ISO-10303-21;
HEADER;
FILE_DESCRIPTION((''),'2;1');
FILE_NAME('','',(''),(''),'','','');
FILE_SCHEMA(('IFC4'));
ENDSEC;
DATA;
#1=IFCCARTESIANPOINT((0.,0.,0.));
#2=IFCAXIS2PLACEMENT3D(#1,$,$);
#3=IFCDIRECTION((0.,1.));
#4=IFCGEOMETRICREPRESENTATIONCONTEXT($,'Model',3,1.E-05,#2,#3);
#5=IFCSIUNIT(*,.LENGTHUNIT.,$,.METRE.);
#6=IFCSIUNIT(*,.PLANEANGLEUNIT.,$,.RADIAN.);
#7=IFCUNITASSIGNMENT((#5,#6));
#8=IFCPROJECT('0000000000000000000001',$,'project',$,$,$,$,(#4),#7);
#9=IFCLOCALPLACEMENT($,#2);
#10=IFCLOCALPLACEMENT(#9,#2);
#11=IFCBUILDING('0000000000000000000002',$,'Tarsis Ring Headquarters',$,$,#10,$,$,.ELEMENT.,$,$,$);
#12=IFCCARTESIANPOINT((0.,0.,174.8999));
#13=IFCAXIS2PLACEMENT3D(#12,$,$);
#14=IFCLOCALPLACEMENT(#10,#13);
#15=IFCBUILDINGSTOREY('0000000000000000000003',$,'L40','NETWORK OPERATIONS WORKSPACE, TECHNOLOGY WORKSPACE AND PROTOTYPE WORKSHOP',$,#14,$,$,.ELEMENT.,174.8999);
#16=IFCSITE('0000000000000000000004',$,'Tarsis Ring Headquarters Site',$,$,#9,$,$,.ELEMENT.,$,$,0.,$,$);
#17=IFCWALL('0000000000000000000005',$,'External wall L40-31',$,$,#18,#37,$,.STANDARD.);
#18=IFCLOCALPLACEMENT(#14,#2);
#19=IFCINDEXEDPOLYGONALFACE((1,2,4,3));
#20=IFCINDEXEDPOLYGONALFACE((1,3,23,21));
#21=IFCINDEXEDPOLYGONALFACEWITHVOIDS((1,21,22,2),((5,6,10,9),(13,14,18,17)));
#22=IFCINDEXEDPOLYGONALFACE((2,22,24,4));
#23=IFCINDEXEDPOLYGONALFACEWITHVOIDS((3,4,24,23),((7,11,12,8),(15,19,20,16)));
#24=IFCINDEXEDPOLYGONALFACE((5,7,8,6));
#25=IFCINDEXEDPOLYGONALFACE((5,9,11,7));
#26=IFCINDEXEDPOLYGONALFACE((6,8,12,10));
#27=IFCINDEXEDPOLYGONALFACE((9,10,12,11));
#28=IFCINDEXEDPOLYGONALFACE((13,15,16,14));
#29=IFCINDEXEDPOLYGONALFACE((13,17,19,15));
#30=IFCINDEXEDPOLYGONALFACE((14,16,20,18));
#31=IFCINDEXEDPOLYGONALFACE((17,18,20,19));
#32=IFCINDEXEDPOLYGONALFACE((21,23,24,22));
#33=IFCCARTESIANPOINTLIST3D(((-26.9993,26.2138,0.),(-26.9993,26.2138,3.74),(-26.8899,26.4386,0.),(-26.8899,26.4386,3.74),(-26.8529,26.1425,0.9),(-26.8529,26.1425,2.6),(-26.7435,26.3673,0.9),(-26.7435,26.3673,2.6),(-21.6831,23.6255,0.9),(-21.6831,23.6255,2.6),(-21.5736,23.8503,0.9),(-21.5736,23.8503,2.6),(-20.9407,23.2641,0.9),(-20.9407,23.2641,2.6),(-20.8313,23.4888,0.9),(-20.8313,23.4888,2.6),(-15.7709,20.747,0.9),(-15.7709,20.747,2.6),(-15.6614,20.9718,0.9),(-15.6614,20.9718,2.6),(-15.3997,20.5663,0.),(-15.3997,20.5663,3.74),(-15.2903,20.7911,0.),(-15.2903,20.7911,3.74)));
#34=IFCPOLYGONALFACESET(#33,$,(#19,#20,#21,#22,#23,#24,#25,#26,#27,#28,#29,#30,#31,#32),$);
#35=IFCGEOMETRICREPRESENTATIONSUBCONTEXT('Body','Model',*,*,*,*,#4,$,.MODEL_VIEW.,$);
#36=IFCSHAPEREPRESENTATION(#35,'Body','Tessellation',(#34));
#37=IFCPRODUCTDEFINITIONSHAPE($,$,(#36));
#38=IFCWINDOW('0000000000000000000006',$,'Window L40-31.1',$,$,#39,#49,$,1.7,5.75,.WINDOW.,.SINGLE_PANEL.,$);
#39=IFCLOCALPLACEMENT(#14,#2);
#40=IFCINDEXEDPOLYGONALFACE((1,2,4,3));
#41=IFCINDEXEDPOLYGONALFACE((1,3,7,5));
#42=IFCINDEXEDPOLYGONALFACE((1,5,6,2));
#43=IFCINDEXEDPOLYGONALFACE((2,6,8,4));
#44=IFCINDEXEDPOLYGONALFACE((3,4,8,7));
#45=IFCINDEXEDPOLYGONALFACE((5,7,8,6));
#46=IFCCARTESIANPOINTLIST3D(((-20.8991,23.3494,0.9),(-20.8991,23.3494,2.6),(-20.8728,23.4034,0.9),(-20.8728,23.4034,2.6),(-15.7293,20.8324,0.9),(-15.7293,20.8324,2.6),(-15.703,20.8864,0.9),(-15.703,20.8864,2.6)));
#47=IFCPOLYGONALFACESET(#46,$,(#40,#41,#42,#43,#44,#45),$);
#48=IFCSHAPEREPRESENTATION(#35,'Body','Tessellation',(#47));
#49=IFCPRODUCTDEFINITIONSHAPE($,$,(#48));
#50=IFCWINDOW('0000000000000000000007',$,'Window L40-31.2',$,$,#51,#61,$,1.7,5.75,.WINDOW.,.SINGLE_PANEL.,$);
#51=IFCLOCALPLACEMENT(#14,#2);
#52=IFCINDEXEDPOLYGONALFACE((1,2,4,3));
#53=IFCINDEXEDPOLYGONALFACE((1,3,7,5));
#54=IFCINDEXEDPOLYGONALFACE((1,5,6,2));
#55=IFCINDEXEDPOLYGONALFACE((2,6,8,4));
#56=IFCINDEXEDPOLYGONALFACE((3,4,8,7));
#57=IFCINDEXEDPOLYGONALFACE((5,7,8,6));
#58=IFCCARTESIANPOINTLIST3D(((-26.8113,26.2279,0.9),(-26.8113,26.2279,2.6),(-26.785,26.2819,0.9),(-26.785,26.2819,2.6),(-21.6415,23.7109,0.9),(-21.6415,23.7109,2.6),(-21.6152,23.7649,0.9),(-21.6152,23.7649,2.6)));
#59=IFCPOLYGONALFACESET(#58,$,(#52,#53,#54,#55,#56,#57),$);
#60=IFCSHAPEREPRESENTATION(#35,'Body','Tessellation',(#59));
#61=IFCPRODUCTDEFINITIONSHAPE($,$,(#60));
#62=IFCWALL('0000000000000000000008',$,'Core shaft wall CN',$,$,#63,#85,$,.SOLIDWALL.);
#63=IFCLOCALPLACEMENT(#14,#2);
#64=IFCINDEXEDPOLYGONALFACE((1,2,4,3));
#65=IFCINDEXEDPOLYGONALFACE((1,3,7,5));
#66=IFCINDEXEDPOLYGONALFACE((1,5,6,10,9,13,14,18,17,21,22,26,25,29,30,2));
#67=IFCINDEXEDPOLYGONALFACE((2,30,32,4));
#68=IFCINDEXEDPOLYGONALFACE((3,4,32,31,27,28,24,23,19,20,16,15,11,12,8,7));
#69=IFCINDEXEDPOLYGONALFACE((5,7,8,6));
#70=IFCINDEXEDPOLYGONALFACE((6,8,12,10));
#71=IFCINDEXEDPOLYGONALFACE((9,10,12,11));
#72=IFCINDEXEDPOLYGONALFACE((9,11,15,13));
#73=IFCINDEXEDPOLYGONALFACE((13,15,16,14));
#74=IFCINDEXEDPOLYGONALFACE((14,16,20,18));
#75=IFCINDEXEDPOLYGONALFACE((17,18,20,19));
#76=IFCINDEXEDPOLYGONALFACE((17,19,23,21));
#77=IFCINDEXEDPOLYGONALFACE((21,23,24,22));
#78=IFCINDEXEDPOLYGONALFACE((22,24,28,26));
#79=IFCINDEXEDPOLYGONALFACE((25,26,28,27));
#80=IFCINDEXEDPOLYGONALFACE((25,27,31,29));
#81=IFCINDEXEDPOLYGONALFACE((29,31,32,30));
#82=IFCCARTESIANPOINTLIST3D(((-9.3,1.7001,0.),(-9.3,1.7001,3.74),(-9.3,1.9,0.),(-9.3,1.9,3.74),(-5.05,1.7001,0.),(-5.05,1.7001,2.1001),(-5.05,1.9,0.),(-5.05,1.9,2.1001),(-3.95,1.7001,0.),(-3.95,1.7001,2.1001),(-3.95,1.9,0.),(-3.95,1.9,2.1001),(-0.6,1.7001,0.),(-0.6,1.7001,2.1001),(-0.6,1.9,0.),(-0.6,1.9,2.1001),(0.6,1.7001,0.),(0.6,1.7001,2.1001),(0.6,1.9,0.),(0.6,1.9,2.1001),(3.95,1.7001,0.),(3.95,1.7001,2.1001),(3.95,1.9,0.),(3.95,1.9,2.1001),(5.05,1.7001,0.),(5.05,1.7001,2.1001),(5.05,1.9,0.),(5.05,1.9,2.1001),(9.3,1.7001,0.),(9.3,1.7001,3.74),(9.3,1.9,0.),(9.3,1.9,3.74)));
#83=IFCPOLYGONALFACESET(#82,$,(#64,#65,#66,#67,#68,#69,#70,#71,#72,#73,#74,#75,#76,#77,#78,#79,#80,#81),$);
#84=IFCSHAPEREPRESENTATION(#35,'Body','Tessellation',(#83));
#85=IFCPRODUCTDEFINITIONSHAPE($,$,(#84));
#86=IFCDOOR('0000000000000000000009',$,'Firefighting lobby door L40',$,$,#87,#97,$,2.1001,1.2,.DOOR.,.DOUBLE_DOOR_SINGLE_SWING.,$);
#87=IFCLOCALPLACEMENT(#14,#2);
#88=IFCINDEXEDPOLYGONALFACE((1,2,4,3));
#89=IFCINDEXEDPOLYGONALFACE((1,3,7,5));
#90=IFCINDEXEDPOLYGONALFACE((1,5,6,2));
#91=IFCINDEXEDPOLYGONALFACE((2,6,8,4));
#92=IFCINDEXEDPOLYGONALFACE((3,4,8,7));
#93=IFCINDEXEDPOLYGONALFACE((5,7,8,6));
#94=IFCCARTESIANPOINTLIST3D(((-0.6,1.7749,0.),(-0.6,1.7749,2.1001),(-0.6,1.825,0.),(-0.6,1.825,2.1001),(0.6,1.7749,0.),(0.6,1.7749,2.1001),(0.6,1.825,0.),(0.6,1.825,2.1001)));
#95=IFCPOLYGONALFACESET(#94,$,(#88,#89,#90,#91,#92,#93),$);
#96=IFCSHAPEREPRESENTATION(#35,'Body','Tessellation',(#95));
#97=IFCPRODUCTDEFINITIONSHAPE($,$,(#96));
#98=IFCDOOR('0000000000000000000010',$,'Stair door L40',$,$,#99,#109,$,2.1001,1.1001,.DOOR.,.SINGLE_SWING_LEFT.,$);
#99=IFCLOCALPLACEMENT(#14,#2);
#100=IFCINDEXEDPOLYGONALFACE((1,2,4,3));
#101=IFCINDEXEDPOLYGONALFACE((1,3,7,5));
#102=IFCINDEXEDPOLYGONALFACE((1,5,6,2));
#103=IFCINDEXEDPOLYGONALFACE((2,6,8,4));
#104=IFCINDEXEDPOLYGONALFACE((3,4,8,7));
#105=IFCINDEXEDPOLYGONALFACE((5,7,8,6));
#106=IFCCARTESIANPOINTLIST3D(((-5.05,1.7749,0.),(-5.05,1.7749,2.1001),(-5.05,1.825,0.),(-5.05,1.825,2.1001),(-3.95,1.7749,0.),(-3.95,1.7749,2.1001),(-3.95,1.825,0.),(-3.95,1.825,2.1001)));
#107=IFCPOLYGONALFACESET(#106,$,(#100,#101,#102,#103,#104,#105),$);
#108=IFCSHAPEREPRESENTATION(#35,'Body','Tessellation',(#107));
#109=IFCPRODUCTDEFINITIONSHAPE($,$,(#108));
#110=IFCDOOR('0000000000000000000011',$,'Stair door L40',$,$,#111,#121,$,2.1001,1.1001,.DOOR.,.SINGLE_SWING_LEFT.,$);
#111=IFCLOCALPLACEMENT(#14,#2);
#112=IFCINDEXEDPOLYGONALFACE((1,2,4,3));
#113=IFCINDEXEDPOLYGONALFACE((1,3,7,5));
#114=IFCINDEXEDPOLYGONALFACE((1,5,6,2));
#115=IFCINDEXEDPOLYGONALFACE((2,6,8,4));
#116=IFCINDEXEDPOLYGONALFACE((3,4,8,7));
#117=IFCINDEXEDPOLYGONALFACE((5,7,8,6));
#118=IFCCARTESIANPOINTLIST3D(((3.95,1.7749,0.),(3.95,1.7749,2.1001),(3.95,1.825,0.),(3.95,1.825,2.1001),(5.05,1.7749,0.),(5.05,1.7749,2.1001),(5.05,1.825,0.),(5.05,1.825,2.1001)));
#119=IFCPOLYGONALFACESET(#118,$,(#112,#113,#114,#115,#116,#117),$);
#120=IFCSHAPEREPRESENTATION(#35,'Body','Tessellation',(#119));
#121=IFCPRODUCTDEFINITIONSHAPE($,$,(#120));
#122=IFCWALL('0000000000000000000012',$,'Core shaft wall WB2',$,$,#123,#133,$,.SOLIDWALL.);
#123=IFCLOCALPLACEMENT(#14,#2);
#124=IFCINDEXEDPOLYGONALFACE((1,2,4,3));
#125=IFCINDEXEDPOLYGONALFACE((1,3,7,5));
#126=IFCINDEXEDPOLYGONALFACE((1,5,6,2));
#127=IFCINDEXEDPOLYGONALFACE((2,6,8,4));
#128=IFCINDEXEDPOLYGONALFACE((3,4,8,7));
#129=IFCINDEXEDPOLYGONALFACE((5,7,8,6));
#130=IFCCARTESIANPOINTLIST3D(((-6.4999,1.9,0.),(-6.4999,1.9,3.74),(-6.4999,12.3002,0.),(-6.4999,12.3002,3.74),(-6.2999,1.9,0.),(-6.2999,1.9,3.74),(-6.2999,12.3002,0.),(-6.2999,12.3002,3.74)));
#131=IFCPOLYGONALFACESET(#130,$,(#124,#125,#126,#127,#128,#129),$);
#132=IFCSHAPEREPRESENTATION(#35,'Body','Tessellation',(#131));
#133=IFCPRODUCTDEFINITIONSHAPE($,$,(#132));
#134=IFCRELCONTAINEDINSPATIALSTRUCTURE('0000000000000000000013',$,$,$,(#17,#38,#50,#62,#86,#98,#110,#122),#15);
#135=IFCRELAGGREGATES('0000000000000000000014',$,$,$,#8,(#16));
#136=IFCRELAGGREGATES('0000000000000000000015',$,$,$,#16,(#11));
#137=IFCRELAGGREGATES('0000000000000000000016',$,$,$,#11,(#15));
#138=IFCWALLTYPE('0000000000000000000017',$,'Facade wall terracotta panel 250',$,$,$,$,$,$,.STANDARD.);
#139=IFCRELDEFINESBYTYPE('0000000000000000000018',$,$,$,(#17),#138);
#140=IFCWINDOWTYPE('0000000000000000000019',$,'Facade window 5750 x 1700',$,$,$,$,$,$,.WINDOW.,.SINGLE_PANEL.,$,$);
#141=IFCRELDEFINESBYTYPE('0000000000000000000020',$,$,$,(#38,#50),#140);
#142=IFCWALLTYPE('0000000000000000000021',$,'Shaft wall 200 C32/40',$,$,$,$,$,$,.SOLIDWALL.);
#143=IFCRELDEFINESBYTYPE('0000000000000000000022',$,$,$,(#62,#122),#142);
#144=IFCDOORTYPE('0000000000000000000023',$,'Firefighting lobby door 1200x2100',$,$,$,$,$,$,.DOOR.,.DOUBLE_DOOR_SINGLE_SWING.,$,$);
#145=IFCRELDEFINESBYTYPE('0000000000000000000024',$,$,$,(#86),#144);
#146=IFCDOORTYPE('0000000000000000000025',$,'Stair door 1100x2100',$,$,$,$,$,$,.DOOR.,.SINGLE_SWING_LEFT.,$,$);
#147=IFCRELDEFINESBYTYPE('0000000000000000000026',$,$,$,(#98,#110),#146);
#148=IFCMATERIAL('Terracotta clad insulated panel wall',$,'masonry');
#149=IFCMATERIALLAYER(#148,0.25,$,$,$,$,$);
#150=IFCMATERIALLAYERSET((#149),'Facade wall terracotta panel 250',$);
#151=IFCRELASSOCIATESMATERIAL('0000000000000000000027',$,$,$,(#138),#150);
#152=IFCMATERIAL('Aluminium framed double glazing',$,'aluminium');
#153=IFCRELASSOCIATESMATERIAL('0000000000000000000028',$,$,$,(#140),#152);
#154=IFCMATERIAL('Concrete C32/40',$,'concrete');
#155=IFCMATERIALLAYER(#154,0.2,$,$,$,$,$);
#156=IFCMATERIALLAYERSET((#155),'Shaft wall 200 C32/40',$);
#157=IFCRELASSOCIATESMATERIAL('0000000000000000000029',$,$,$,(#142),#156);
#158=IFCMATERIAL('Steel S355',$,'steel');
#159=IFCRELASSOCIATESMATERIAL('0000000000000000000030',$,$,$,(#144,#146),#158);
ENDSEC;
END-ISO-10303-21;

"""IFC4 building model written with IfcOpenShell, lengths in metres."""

from ifc_helpers import new_model, si_unit, direction, frame, frame_2d, origin, place, context, subcontext, project, spatial, rectangle, extrude, material, layer, layer_set, type_object, element, fill, save


model = new_model("IFC4")

# Units and contexts
model_context = context("Model", 3, precision=1e-05, world=origin(), true_north=direction((0.0, 1.0)))
body_context = subcontext(model_context, "Body", "Model", "MODEL_VIEW")
ifc_project = project(units=[si_unit("LENGTHUNIT", "METRE"), si_unit("PLANEANGLEUNIT", "RADIAN")], contexts=[model_context])

# Site, building, storey
site_placement = place(None, origin())
site = spatial("IfcSite", under=ifc_project, at=site_placement, Name="Tarsis Ring Headquarters Site", CompositionType="ELEMENT", RefElevation=0.0)
building_placement = place(site_placement, origin())
building = spatial("IfcBuilding", under=site, at=building_placement, Name="Tarsis Ring Headquarters", CompositionType="ELEMENT")
storey_placement = place(building_placement, frame((0.0, 0.0, 174.8999)))
storey = spatial("IfcBuildingStorey", under=building, at=storey_placement, Name="L40", Description="NETWORK OPERATIONS WORKSPACE, TECHNOLOGY WORKSPACE AND PROTOTYPE WORKSHOP", CompositionType="ELEMENT", Elevation=174.8999)

# Shared definitions
ifc_material_1 = material(Name="Steel S355", Category="steel")

# Shared definitions
ifc_material_2 = material(Name="Terracotta clad insulated panel wall", Category="masonry")
ifc_layer_1 = layer(ifc_material_2, 0.25)
ifc_layer_set_1 = layer_set([ifc_layer_1], Name="Facade wall terracotta panel 250")
wall_type_1 = type_object("IfcWallType", Name="Facade wall terracotta panel 250", PredefinedType="STANDARD", material=ifc_layer_set_1)
ifc_material_3 = material(Name="Aluminium framed double glazing", Category="aluminium")

# Wall, openings, windows
wall_1_placement = place(storey_placement, frame((-15.345, 20.6787, 0.0), z_axis=(0.0, 0.0, 1.0), x_axis=(-0.899101, 0.437742, 0.0)))
wall_1 = element("IfcWall", 1, at=wall_1_placement, inside=storey, type_object=wall_type_1, Name="External wall L40-31", PredefinedType="STANDARD", context=body_context, shape_type="SweptSolid", body=[
    extrude(rectangle(XDim=12.9014, YDim=0.25, at=frame_2d((6.4507, 0.0))), origin(), (0.0, 0.0, 1.0), 3.74),
])
opening_1_placement = place(wall_1_placement, frame((0.4128, 0.0, 0.8999)))
opening_1 = element("IfcOpeningElement", 2, at=opening_1_placement, cuts=wall_1, PredefinedType="OPENING", context=body_context, shape_type="SweptSolid", body=[
    extrude(rectangle(XDim=5.75, YDim=1.7, at=frame_2d((2.875, 0.8501))), frame((0.0, 0.135, 0.0), z_axis=(0.0, -1.0, 0.0), x_axis=(1.0, 0.0, 0.0)), (0.0, 0.0, 1.0), 0.27),
])
opening_2_placement = place(wall_1_placement, frame((6.9885, 0.0, 0.8999)))
opening_2 = element("IfcOpeningElement", 3, at=opening_2_placement, cuts=wall_1, PredefinedType="OPENING", context=body_context, shape_type="SweptSolid", body=[
    extrude(rectangle(XDim=5.75, YDim=1.7, at=frame_2d((2.875, 0.8501))), frame((0.0, 0.135, 0.0), z_axis=(0.0, -1.0, 0.0), x_axis=(1.0, 0.0, 0.0)), (0.0, 0.0, 1.0), 0.27),
])
window_type_1 = type_object("IfcWindowType", Name="Facade window 5750 x 1700", PartitioningType="SINGLE_PANEL", PredefinedType="WINDOW", material=ifc_material_3)
window_1_placement = place(opening_1_placement, origin())
window_1 = element("IfcWindow", 4, at=window_1_placement, inside=storey, type_object=window_type_1, Name="Window L40-31.1", OverallHeight=1.7, OverallWidth=5.75, PartitioningType="SINGLE_PANEL", PredefinedType="WINDOW", context=body_context, shape_type="SweptSolid", body=[
    extrude(rectangle(XDim=5.75, YDim=1.7, at=frame_2d((2.875, 0.8501))), frame((0.0, 0.03, 0.0), z_axis=(0.0, -1.0, 0.0), x_axis=(1.0, 0.0, 0.0)), (0.0, 0.0, 1.0), 0.0601),
])
fill(opening_1, window_1)
window_2_placement = place(opening_2_placement, origin())
window_2 = element("IfcWindow", 5, at=window_2_placement, inside=storey, type_object=window_type_1, Name="Window L40-31.2", OverallHeight=1.7, OverallWidth=5.75, PartitioningType="SINGLE_PANEL", PredefinedType="WINDOW", context=body_context, shape_type="SweptSolid", body=[
    extrude(rectangle(XDim=5.75, YDim=1.7, at=frame_2d((2.875, 0.8501))), frame((0.0, 0.03, 0.0), z_axis=(0.0, -1.0, 0.0), x_axis=(1.0, 0.0, 0.0)), (0.0, 0.0, 1.0), 0.0601),
])
fill(opening_2, window_2)

# Wall, openings, doors
ifc_material_4 = material(Name="Concrete C32/40", Category="concrete")
ifc_layer_2 = layer(ifc_material_4, 0.2)
ifc_layer_set_2 = layer_set([ifc_layer_2], Name="Shaft wall 200 C32/40")
wall_type_2 = type_object("IfcWallType", Name="Shaft wall 200 C32/40", PredefinedType="SOLIDWALL", material=ifc_layer_set_2)
wall_2_placement = place(storey_placement, frame((-9.3, 1.8, 0.0), z_axis=(0.0, 0.0, 1.0), x_axis=(1.0, 0.0, 0.0)))
wall_2 = element("IfcWall", 6, at=wall_2_placement, inside=storey, type_object=wall_type_2, Name="Core shaft wall CN", PredefinedType="SOLIDWALL", context=body_context, shape_type="SweptSolid", body=[
    extrude(rectangle(XDim=18.6001, YDim=0.2, at=frame_2d((9.3, 0.0))), origin(), (0.0, 0.0, 1.0), 3.74),
])
opening_3_placement = place(wall_2_placement, frame((4.25, 0.0, 0.0)))
opening_3 = element("IfcOpeningElement", 7, at=opening_3_placement, cuts=wall_2, PredefinedType="OPENING", context=body_context, shape_type="SweptSolid", body=[
    extrude(rectangle(XDim=1.1001, YDim=2.1001, at=frame_2d((0.55, 1.05))), frame((0.0, 0.1099, 0.0), z_axis=(0.0, -1.0, 0.0), x_axis=(1.0, 0.0, 0.0)), (0.0, 0.0, 1.0), 0.22),
])
opening_4_placement = place(wall_2_placement, frame((8.7, 0.0, 0.0)))
opening_4 = element("IfcOpeningElement", 8, at=opening_4_placement, cuts=wall_2, PredefinedType="OPENING", context=body_context, shape_type="SweptSolid", body=[
    extrude(rectangle(XDim=1.2, YDim=2.1001, at=frame_2d((0.6001, 1.05))), frame((0.0, 0.1099, 0.0), z_axis=(0.0, -1.0, 0.0), x_axis=(1.0, 0.0, 0.0)), (0.0, 0.0, 1.0), 0.22),
])
opening_5_placement = place(wall_2_placement, frame((13.25, 0.0, 0.0)))
opening_5 = element("IfcOpeningElement", 9, at=opening_5_placement, cuts=wall_2, PredefinedType="OPENING", context=body_context, shape_type="SweptSolid", body=[
    extrude(rectangle(XDim=1.1001, YDim=2.1001, at=frame_2d((0.55, 1.05))), frame((0.0, 0.1099, 0.0), z_axis=(0.0, -1.0, 0.0), x_axis=(1.0, 0.0, 0.0)), (0.0, 0.0, 1.0), 0.22),
])
door_type_1 = type_object("IfcDoorType", Name="Firefighting lobby door 1200x2100", OperationType="DOUBLE_DOOR_SINGLE_SWING", PredefinedType="DOOR", material=ifc_material_1)
door_1_placement = place(opening_4_placement, origin())
door_1 = element("IfcDoor", 10, at=door_1_placement, inside=storey, type_object=door_type_1, Name="Firefighting lobby door L40", OperationType="DOUBLE_DOOR_SINGLE_SWING", OverallHeight=2.1001, OverallWidth=1.2, PredefinedType="DOOR", context=body_context, shape_type="SweptSolid", body=[
    extrude(rectangle(XDim=1.2, YDim=2.1001, at=frame_2d((0.6001, 1.05))), frame((0.0, 0.0249, 0.0), z_axis=(0.0, -1.0, 0.0), x_axis=(1.0, 0.0, 0.0)), (0.0, 0.0, 1.0), 0.05),
])
fill(opening_4, door_1)
door_type_2 = type_object("IfcDoorType", Name="Stair door 1100x2100", OperationType="SINGLE_SWING_LEFT", PredefinedType="DOOR", material=ifc_material_1)
door_2_placement = place(opening_3_placement, origin())
door_2 = element("IfcDoor", 11, at=door_2_placement, inside=storey, type_object=door_type_2, Name="Stair door L40", OperationType="SINGLE_SWING_LEFT", OverallHeight=2.1001, OverallWidth=1.1001, PredefinedType="DOOR", context=body_context, shape_type="SweptSolid", body=[
    extrude(rectangle(XDim=1.1001, YDim=2.1001, at=frame_2d((0.55, 1.05))), frame((0.0, 0.0249, 0.0), z_axis=(0.0, -1.0, 0.0), x_axis=(1.0, 0.0, 0.0)), (0.0, 0.0, 1.0), 0.05),
])
fill(opening_3, door_2)
door_3_placement = place(opening_5_placement, origin())
door_3 = element("IfcDoor", 12, at=door_3_placement, inside=storey, type_object=door_type_2, Name="Stair door L40", OperationType="SINGLE_SWING_LEFT", OverallHeight=2.1001, OverallWidth=1.1001, PredefinedType="DOOR", context=body_context, shape_type="SweptSolid", body=[
    extrude(rectangle(XDim=1.1001, YDim=2.1001, at=frame_2d((0.55, 1.05))), frame((0.0, 0.0249, 0.0), z_axis=(0.0, -1.0, 0.0), x_axis=(1.0, 0.0, 0.0)), (0.0, 0.0, 1.0), 0.05),
])
fill(opening_5, door_3)

# Wall
wall_3_placement = place(storey_placement, frame((-6.3999, 1.8999, 0.0), z_axis=(0.0, 0.0, 1.0), x_axis=(0.0, 1.0, 0.0)))
element("IfcWall", 13, at=wall_3_placement, inside=storey, type_object=wall_type_2, Name="Core shaft wall WB2", PredefinedType="SOLIDWALL", context=body_context, shape_type="SweptSolid", body=[
    extrude(rectangle(XDim=10.4001, YDim=0.2, at=frame_2d((5.2002, 0.0))), origin(), (0.0, 0.0, 1.0), 3.74),
])

save(model, "model.ifc")
